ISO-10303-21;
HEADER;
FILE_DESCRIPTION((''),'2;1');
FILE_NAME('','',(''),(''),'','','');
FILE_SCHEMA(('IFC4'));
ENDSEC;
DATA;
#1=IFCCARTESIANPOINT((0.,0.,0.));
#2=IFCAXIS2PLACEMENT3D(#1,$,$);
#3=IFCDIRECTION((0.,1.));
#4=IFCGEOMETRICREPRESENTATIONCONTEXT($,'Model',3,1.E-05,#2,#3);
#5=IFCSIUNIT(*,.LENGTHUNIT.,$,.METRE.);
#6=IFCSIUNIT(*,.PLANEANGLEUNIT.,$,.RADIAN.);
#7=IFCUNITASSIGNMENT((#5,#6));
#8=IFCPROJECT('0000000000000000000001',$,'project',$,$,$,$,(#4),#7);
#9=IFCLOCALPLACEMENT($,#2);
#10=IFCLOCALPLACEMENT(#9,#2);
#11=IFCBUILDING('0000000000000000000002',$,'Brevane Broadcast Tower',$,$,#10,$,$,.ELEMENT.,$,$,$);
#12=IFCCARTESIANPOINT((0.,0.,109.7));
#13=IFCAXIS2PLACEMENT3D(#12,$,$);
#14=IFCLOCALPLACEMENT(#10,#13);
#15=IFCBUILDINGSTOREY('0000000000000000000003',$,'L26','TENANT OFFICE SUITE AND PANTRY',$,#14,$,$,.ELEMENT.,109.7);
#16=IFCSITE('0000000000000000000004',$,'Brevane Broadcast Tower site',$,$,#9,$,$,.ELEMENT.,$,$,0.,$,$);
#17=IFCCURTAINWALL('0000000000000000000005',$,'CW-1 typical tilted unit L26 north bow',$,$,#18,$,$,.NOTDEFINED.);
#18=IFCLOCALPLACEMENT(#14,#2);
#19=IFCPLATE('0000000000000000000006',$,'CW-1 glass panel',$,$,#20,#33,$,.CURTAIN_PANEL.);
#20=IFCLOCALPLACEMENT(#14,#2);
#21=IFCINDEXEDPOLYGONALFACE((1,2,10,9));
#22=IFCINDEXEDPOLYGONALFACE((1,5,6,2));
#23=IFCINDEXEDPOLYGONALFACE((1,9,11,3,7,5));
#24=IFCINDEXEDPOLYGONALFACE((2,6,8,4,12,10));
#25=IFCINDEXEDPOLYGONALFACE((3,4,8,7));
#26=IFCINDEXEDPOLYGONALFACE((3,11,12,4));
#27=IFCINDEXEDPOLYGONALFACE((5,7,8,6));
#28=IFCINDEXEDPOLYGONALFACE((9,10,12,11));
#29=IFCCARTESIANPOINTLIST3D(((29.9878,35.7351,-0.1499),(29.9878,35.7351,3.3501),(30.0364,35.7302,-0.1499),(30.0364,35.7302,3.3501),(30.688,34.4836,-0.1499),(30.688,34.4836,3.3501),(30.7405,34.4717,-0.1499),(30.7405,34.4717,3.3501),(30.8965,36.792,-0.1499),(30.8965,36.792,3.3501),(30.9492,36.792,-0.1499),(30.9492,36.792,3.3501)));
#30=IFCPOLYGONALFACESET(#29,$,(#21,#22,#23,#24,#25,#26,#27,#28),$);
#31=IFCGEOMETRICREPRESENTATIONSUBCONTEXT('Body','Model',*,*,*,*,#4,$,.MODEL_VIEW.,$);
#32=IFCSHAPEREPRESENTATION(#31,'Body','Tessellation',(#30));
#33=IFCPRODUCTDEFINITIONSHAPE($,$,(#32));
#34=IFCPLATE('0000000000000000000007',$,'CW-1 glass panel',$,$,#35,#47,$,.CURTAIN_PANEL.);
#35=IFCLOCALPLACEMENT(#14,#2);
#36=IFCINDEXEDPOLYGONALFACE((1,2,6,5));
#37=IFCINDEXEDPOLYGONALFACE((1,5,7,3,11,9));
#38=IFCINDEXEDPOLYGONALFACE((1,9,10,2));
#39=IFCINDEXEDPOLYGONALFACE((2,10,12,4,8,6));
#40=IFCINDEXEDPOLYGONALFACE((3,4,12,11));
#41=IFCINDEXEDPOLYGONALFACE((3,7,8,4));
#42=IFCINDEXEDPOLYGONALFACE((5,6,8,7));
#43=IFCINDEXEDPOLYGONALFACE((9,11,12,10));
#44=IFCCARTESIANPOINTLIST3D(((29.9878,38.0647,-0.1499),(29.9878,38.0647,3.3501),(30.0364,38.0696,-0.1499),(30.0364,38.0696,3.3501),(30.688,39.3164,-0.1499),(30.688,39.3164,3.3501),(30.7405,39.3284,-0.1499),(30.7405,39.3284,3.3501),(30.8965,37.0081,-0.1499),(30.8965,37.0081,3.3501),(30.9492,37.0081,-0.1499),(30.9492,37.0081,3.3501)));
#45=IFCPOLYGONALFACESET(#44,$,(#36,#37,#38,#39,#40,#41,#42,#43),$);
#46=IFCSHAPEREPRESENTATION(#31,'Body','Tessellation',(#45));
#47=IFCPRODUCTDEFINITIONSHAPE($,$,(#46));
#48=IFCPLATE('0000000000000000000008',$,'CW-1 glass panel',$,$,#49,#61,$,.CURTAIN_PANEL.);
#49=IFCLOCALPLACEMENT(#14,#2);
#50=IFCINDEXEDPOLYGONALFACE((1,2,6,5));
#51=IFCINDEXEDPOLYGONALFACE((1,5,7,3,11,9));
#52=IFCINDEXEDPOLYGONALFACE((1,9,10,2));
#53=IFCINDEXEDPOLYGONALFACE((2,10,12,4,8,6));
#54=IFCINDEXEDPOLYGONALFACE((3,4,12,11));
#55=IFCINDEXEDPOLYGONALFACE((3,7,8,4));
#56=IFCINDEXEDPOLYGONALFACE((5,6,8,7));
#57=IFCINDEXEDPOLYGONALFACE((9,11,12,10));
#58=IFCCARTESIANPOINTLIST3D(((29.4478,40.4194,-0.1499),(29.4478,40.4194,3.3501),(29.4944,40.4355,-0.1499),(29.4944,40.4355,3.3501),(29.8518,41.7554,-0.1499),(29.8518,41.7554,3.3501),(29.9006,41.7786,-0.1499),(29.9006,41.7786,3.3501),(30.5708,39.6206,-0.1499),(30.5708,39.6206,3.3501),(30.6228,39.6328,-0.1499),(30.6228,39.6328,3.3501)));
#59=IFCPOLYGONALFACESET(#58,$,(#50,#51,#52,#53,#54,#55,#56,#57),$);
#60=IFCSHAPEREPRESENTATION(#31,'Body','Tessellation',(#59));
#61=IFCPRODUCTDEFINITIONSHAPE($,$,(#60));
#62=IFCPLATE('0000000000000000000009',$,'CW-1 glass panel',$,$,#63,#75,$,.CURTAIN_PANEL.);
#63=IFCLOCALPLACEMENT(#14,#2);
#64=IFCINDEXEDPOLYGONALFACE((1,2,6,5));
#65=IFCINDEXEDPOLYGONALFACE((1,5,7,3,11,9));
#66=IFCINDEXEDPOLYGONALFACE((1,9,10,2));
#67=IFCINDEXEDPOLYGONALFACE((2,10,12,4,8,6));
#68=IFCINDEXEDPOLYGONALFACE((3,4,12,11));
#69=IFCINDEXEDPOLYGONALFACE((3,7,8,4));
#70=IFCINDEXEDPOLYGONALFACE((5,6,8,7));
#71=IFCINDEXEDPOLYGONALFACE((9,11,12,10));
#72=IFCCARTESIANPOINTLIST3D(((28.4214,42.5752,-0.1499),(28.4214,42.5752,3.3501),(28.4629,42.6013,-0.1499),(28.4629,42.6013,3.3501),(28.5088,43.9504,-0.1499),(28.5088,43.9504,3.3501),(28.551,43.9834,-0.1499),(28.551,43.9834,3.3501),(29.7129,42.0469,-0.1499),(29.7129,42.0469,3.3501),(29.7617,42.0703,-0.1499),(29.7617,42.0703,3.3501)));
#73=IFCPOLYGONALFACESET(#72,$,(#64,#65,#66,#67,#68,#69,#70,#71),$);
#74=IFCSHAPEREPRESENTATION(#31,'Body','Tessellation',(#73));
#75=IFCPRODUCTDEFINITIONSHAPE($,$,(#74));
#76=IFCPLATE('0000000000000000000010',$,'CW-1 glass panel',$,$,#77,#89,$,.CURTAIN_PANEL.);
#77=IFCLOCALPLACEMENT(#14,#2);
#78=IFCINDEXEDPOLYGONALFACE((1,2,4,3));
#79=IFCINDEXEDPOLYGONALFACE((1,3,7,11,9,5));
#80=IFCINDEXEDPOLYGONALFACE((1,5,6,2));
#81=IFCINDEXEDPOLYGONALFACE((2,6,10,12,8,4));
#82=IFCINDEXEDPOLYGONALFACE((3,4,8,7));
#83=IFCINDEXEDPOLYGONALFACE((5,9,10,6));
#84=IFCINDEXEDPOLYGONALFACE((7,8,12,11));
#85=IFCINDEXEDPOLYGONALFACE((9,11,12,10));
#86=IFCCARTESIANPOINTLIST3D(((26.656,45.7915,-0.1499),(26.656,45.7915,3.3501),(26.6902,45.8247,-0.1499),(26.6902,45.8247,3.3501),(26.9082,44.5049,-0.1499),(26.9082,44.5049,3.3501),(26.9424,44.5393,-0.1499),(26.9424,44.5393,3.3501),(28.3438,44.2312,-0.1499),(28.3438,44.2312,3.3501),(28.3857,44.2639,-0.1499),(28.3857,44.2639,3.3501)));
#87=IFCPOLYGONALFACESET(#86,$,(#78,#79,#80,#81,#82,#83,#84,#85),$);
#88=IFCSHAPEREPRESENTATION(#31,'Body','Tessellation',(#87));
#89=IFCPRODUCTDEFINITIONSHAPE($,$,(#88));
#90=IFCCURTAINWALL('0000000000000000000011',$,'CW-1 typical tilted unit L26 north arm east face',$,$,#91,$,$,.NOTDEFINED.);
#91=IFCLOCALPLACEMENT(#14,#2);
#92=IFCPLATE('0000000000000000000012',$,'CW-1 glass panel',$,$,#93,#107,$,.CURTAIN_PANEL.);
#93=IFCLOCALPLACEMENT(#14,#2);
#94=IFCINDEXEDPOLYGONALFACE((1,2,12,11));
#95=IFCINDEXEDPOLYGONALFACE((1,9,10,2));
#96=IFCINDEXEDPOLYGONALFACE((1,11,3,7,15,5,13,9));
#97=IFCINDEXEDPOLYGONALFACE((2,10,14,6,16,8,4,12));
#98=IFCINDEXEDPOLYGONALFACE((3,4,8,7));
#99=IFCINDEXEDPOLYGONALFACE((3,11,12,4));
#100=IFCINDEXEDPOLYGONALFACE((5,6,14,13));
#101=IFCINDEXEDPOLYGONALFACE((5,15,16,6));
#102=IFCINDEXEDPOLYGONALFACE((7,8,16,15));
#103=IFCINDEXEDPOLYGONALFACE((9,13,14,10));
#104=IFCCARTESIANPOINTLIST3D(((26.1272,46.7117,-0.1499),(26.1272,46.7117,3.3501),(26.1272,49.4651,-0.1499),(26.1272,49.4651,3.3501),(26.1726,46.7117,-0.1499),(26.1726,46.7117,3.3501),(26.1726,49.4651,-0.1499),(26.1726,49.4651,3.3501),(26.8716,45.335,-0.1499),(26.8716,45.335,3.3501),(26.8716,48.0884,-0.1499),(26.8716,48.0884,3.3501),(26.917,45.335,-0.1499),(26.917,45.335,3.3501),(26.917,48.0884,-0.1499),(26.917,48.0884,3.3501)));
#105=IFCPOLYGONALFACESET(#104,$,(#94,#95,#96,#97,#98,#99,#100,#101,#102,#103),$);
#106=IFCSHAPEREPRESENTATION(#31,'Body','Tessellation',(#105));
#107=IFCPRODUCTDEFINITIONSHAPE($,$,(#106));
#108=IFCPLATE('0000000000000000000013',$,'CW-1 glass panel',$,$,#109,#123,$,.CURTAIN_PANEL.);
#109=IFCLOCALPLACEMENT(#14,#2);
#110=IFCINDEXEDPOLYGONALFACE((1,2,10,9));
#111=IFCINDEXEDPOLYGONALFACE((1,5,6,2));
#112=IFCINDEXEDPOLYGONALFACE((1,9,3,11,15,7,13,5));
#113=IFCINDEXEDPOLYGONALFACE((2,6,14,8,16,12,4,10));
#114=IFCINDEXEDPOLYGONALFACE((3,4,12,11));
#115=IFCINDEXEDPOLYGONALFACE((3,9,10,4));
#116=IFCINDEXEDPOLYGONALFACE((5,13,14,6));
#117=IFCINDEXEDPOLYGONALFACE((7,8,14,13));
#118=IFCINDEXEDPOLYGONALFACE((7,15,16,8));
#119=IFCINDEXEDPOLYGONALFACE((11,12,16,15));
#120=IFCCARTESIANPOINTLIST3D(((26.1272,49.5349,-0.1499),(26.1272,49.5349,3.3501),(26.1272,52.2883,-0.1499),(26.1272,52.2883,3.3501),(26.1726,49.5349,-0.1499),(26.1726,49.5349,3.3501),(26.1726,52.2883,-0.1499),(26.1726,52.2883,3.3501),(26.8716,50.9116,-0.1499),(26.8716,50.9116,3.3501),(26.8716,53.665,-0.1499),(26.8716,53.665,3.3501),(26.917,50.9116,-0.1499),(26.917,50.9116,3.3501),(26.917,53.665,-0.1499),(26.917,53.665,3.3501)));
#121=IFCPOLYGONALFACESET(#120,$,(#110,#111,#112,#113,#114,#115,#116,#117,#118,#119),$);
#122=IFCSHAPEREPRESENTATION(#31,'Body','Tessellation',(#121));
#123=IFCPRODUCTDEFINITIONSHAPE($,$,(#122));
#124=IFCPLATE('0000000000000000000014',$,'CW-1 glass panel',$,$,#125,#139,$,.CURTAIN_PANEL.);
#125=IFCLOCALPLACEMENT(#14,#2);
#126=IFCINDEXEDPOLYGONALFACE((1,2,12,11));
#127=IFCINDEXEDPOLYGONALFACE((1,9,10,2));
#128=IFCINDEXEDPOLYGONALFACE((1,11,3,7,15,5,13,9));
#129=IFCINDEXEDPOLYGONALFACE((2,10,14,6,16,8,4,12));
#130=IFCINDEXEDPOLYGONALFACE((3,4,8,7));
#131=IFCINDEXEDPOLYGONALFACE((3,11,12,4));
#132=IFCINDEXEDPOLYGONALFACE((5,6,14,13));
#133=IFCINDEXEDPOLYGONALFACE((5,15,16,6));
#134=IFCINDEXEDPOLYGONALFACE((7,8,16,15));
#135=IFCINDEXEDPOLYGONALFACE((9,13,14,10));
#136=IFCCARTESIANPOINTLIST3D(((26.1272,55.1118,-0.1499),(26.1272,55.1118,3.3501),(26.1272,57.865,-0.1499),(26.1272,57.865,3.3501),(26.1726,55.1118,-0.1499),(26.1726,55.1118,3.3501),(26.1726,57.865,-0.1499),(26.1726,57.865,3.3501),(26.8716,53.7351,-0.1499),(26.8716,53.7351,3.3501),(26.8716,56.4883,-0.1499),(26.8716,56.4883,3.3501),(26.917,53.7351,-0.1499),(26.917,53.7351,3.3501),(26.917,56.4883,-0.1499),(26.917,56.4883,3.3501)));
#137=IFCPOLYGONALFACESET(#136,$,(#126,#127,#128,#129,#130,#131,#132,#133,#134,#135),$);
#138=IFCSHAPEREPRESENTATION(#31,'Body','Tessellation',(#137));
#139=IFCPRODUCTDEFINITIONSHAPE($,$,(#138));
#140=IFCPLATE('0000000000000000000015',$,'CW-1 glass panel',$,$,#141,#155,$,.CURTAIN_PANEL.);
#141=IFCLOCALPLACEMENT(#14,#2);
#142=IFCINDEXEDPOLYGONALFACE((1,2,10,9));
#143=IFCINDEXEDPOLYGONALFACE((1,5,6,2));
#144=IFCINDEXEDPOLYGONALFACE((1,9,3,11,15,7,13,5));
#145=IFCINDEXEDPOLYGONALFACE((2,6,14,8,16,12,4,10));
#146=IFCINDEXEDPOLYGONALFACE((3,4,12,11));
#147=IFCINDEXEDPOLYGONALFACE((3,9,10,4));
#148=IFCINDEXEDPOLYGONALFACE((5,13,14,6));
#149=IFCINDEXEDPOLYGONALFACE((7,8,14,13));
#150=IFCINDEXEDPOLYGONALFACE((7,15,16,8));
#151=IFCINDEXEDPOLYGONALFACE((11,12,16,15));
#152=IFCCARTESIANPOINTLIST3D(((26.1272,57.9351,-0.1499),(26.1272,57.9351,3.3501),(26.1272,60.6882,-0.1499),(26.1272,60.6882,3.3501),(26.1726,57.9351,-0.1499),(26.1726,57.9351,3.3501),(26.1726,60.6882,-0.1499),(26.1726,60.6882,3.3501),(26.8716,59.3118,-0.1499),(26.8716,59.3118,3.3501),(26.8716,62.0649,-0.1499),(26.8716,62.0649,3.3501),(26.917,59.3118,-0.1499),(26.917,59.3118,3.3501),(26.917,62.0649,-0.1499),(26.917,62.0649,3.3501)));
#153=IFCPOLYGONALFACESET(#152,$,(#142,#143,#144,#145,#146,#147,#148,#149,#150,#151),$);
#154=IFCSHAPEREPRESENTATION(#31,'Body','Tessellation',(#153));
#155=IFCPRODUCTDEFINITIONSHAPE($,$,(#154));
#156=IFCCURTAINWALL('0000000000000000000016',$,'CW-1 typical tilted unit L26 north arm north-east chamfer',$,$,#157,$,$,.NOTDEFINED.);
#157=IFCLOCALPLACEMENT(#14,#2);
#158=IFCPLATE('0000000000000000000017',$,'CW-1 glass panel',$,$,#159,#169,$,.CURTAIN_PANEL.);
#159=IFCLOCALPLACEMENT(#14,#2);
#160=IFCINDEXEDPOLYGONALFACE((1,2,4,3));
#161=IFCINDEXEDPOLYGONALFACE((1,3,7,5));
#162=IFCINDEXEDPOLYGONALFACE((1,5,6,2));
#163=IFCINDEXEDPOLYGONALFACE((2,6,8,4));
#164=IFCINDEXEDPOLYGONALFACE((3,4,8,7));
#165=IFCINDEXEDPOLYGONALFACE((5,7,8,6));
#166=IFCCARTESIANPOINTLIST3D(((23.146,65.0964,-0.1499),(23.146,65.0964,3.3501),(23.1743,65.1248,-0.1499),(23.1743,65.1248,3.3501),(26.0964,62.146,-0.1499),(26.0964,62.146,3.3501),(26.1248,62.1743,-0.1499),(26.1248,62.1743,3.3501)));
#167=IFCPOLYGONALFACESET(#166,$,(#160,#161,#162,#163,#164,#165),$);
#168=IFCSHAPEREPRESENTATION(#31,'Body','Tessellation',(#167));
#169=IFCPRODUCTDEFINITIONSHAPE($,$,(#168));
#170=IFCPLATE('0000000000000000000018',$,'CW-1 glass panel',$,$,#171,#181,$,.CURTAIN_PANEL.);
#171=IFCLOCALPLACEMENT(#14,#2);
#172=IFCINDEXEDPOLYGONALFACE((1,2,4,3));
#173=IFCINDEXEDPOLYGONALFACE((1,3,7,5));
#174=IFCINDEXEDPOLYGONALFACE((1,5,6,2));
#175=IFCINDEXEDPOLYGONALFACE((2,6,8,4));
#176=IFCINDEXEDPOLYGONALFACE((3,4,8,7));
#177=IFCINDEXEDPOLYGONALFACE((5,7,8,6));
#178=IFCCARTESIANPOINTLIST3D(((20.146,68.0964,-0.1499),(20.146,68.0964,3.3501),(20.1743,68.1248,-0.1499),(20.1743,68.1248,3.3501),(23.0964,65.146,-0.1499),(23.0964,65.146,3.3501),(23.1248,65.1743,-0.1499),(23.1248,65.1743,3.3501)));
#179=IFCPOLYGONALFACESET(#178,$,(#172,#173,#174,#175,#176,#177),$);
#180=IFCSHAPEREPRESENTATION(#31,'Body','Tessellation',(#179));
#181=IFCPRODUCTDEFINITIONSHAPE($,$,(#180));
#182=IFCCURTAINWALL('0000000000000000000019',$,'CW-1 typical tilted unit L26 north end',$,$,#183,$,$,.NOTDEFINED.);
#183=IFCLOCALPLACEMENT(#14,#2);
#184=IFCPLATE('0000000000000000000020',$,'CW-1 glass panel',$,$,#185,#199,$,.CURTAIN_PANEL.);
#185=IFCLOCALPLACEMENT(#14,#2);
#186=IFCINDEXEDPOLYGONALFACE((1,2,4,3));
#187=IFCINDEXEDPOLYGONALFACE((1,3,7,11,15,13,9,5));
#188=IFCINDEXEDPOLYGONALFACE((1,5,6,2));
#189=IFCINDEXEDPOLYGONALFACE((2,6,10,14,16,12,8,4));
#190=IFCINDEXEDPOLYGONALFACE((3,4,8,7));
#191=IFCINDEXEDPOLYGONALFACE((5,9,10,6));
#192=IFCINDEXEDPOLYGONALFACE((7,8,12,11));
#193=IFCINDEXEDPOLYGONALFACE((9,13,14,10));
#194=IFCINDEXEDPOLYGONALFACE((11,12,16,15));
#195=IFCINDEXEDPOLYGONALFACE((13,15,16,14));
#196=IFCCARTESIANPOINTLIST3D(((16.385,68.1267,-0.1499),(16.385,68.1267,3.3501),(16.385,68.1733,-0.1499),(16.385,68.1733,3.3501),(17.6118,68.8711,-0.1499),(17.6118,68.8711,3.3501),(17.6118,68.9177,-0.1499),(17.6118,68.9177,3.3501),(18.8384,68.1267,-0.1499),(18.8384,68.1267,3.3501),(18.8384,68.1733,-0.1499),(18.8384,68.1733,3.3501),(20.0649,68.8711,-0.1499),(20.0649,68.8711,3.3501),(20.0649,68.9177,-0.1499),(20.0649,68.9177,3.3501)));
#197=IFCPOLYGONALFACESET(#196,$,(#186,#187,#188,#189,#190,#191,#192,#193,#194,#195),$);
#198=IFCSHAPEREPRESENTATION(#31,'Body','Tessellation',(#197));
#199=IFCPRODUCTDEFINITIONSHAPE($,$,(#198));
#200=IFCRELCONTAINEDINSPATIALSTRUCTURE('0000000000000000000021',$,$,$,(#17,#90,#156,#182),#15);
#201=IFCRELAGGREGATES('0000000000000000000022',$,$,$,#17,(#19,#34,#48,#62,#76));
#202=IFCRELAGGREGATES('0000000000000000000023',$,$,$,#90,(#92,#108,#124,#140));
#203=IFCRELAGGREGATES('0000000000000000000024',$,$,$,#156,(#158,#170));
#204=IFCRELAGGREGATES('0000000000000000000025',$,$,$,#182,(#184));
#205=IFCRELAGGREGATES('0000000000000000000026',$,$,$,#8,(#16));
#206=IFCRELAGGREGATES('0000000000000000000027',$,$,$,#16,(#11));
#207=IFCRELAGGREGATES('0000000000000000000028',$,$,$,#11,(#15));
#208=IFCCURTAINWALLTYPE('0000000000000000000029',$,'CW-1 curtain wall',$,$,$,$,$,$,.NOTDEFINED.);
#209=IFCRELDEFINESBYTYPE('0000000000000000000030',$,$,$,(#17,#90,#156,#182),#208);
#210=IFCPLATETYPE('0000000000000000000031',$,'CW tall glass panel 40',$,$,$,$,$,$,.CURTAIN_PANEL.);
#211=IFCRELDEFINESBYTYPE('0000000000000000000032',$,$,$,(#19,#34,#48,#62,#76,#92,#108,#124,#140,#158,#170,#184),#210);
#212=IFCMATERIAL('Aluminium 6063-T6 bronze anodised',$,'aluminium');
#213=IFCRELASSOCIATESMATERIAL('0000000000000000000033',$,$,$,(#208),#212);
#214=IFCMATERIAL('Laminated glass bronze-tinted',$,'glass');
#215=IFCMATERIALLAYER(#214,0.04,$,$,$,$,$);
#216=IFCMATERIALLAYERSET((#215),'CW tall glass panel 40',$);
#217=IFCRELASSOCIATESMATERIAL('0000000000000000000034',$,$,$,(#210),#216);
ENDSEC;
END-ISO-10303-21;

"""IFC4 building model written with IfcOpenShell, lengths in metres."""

from ifc_helpers import new_model, si_unit, direction, frame, origin, place, context, subcontext, project, spatial, polyline, outline, extrude, material, layer, layer_set, type_object, element, aggregate, save


model = new_model("IFC4")

# Units and contexts
model_context = context("Model", 3, precision=1e-05, world=origin(), true_north=direction((0.0, 1.0)))
body_context = subcontext(model_context, "Body", "Model", "MODEL_VIEW")
ifc_project = project(units=[si_unit("LENGTHUNIT", "METRE"), si_unit("PLANEANGLEUNIT", "RADIAN")], contexts=[model_context])

# Site, building, storey
site_placement = place(None, origin())
site = spatial("IfcSite", under=ifc_project, at=site_placement, Name="Brevane Broadcast Tower site", CompositionType="ELEMENT", RefElevation=0.0)
building_placement = place(site_placement, origin())
building = spatial("IfcBuilding", under=site, at=building_placement, Name="Brevane Broadcast Tower", CompositionType="ELEMENT")
storey_placement = place(building_placement, frame((0.0, 0.0, 109.7)))
storey = spatial("IfcBuildingStorey", under=building, at=storey_placement, Name="L26", Description="TENANT OFFICE SUITE AND PANTRY", CompositionType="ELEMENT", Elevation=109.7)

# Shared definitions
ifc_material_1 = material(Name="Aluminium 6063-T6 bronze anodised", Category="aluminium")
curtain_wall_type = type_object("IfcCurtainWallType", Name="CW-1 curtain wall", PredefinedType="NOTDEFINED", material=ifc_material_1)

# Curtain walls, plates
ifc_material_2 = material(Name="Laminated glass bronze-tinted", Category="glass")
ifc_layer = layer(ifc_material_2, 0.04)
ifc_layer_set = layer_set([ifc_layer], Name="CW tall glass panel 40")
plate_type = type_object("IfcPlateType", Name="CW tall glass panel 40", PredefinedType="CURTAIN_PANEL", material=ifc_layer_set)
curtain_wall_1_placement = place(storey_placement, origin())
curtain_wall_1 = element("IfcCurtainWall", 1, at=curtain_wall_1_placement, inside=storey, type_object=curtain_wall_type, Name="CW-1 typical tilted unit L26 north bow", PredefinedType="NOTDEFINED")
plate_1_placement = place(storey_placement, frame((0.0, 0.0, -0.1499)))
plate_1 = element("IfcPlate", 2, at=plate_1_placement, type_object=plate_type, Name="CW-1 glass panel", PredefinedType="CURTAIN_PANEL", context=body_context, shape_type="SweptSolid", body=[
    extrude(outline(polyline([(30.688, 34.4836), (30.7405, 34.4717), (30.0364, 35.7302), (30.9492, 36.792), (30.8965, 36.792), (29.9878, 35.7351), (30.688, 34.4836)])), origin(), (0.0, 0.0, 1.0), 3.5),
])
plate_2_placement = place(storey_placement, frame((0.0, 0.0, -0.1499)))
plate_2 = element("IfcPlate", 3, at=plate_2_placement, type_object=plate_type, Name="CW-1 glass panel", PredefinedType="CURTAIN_PANEL", context=body_context, shape_type="SweptSolid", body=[
    extrude(outline(polyline([(30.8965, 37.0081), (30.9492, 37.0081), (30.0364, 38.0696), (30.7405, 39.3284), (30.688, 39.3164), (29.9878, 38.0647), (30.8965, 37.0081)])), origin(), (0.0, 0.0, 1.0), 3.5),
])
plate_3_placement = place(storey_placement, frame((0.0, 0.0, -0.1499)))
plate_3 = element("IfcPlate", 4, at=plate_3_placement, type_object=plate_type, Name="CW-1 glass panel", PredefinedType="CURTAIN_PANEL", context=body_context, shape_type="SweptSolid", body=[
    extrude(outline(polyline([(30.5708, 39.6206), (30.6228, 39.6328), (29.4944, 40.4355), (29.9006, 41.7786), (29.8518, 41.7554), (29.4478, 40.4194), (30.5708, 39.6206)])), origin(), (0.0, 0.0, 1.0), 3.5),
])
plate_4_placement = place(storey_placement, frame((0.0, 0.0, -0.1499)))
plate_4 = element("IfcPlate", 5, at=plate_4_placement, type_object=plate_type, Name="CW-1 glass panel", PredefinedType="CURTAIN_PANEL", context=body_context, shape_type="SweptSolid", body=[
    extrude(outline(polyline([(29.7129, 42.0469), (29.7617, 42.0703), (28.4629, 42.6013), (28.551, 43.9834), (28.5088, 43.9504), (28.4214, 42.5752), (29.7129, 42.0469)])), origin(), (0.0, 0.0, 1.0), 3.5),
])
plate_5_placement = place(storey_placement, frame((0.0, 0.0, -0.1499)))
plate_5 = element("IfcPlate", 6, at=plate_5_placement, type_object=plate_type, Name="CW-1 glass panel", PredefinedType="CURTAIN_PANEL", context=body_context, shape_type="SweptSolid", body=[
    extrude(outline(polyline([(28.3438, 44.2312), (28.3857, 44.2639), (26.9424, 44.5393), (26.6902, 45.8247), (26.656, 45.7915), (26.9082, 44.5049), (28.3438, 44.2312)])), origin(), (0.0, 0.0, 1.0), 3.5),
])
aggregate(curtain_wall_1, [plate_1, plate_2, plate_3, plate_4, plate_5])
curtain_wall_2_placement = place(storey_placement, origin())
curtain_wall_2 = element("IfcCurtainWall", 7, at=curtain_wall_2_placement, inside=storey, type_object=curtain_wall_type, Name="CW-1 typical tilted unit L26 north arm east face", PredefinedType="NOTDEFINED")
plate_6_placement = place(storey_placement, frame((0.0, 0.0, -0.1499)))
plate_6 = element("IfcPlate", 8, at=plate_6_placement, type_object=plate_type, Name="CW-1 glass panel", PredefinedType="CURTAIN_PANEL", context=body_context, shape_type="SweptSolid", body=[
    extrude(outline(polyline([(26.8716, 45.335), (26.917, 45.335), (26.1726, 46.7117), (26.917, 48.0884), (26.1726, 49.4651), (26.1272, 49.4651), (26.8716, 48.0884), (26.1272, 46.7117), (26.8716, 45.335)])), origin(), (0.0, 0.0, 1.0), 3.5),
])
plate_7_placement = place(storey_placement, frame((0.0, 0.0, -0.1499)))
plate_7 = element("IfcPlate", 9, at=plate_7_placement, type_object=plate_type, Name="CW-1 glass panel", PredefinedType="CURTAIN_PANEL", context=body_context, shape_type="SweptSolid", body=[
    extrude(outline(polyline([(26.1272, 49.5349), (26.1726, 49.5349), (26.917, 50.9116), (26.1726, 52.2883), (26.917, 53.665), (26.8716, 53.665), (26.1272, 52.2883), (26.8716, 50.9116), (26.1272, 49.5349)])), origin(), (0.0, 0.0, 1.0), 3.5),
])
plate_8_placement = place(storey_placement, frame((0.0, 0.0, -0.1499)))
plate_8 = element("IfcPlate", 10, at=plate_8_placement, type_object=plate_type, Name="CW-1 glass panel", PredefinedType="CURTAIN_PANEL", context=body_context, shape_type="SweptSolid", body=[
    extrude(outline(polyline([(26.8716, 53.7351), (26.917, 53.7351), (26.1726, 55.1118), (26.917, 56.4883), (26.1726, 57.865), (26.1272, 57.865), (26.8716, 56.4883), (26.1272, 55.1118), (26.8716, 53.7351)])), origin(), (0.0, 0.0, 1.0), 3.5),
])
plate_9_placement = place(storey_placement, frame((0.0, 0.0, -0.1499)))
plate_9 = element("IfcPlate", 11, at=plate_9_placement, type_object=plate_type, Name="CW-1 glass panel", PredefinedType="CURTAIN_PANEL", context=body_context, shape_type="SweptSolid", body=[
    extrude(outline(polyline([(26.1272, 57.9351), (26.1726, 57.9351), (26.917, 59.3118), (26.1726, 60.6882), (26.917, 62.0649), (26.8716, 62.0649), (26.1272, 60.6882), (26.8716, 59.3118), (26.1272, 57.9351)])), origin(), (0.0, 0.0, 1.0), 3.5),
])
aggregate(curtain_wall_2, [plate_6, plate_7, plate_8, plate_9])
curtain_wall_3_placement = place(storey_placement, origin())
curtain_wall_3 = element("IfcCurtainWall", 12, at=curtain_wall_3_placement, inside=storey, type_object=curtain_wall_type, Name="CW-1 typical tilted unit L26 north arm north-east chamfer", PredefinedType="NOTDEFINED")
plate_10_placement = place(storey_placement, frame((0.0, 0.0, -0.1499)))
plate_10 = element("IfcPlate", 13, at=plate_10_placement, type_object=plate_type, Name="CW-1 glass panel", PredefinedType="CURTAIN_PANEL", context=body_context, shape_type="SweptSolid", body=[
    extrude(outline(polyline([(26.0964, 62.146), (23.146, 65.0964), (23.1743, 65.1248), (26.1248, 62.1743), (26.0964, 62.146)])), origin(), (0.0, 0.0, 1.0), 3.5),
])
plate_11_placement = place(storey_placement, frame((0.0, 0.0, -0.1499)))
plate_11 = element("IfcPlate", 14, at=plate_11_placement, type_object=plate_type, Name="CW-1 glass panel", PredefinedType="CURTAIN_PANEL", context=body_context, shape_type="SweptSolid", body=[
    extrude(outline(polyline([(23.0964, 65.146), (20.146, 68.0964), (20.1743, 68.1248), (23.1248, 65.1743), (23.0964, 65.146)])), origin(), (0.0, 0.0, 1.0), 3.5),
])
aggregate(curtain_wall_3, [plate_10, plate_11])
curtain_wall_4_placement = place(storey_placement, origin())
curtain_wall_4 = element("IfcCurtainWall", 15, at=curtain_wall_4_placement, inside=storey, type_object=curtain_wall_type, Name="CW-1 typical tilted unit L26 north end", PredefinedType="NOTDEFINED")
plate_12_placement = place(storey_placement, frame((0.0, 0.0, -0.1499)))
plate_12 = element("IfcPlate", 16, at=plate_12_placement, type_object=plate_type, Name="CW-1 glass panel", PredefinedType="CURTAIN_PANEL", context=body_context, shape_type="SweptSolid", body=[
    extrude(outline(polyline([(20.0649, 68.8711), (20.0649, 68.9177), (18.8384, 68.1733), (17.6118, 68.9177), (16.385, 68.1733), (16.385, 68.1267), (17.6118, 68.8711), (18.8384, 68.1267), (20.0649, 68.8711)])), origin(), (0.0, 0.0, 1.0), 3.5),
])
aggregate(curtain_wall_4, [plate_12])

save(model, "model.ifc")
